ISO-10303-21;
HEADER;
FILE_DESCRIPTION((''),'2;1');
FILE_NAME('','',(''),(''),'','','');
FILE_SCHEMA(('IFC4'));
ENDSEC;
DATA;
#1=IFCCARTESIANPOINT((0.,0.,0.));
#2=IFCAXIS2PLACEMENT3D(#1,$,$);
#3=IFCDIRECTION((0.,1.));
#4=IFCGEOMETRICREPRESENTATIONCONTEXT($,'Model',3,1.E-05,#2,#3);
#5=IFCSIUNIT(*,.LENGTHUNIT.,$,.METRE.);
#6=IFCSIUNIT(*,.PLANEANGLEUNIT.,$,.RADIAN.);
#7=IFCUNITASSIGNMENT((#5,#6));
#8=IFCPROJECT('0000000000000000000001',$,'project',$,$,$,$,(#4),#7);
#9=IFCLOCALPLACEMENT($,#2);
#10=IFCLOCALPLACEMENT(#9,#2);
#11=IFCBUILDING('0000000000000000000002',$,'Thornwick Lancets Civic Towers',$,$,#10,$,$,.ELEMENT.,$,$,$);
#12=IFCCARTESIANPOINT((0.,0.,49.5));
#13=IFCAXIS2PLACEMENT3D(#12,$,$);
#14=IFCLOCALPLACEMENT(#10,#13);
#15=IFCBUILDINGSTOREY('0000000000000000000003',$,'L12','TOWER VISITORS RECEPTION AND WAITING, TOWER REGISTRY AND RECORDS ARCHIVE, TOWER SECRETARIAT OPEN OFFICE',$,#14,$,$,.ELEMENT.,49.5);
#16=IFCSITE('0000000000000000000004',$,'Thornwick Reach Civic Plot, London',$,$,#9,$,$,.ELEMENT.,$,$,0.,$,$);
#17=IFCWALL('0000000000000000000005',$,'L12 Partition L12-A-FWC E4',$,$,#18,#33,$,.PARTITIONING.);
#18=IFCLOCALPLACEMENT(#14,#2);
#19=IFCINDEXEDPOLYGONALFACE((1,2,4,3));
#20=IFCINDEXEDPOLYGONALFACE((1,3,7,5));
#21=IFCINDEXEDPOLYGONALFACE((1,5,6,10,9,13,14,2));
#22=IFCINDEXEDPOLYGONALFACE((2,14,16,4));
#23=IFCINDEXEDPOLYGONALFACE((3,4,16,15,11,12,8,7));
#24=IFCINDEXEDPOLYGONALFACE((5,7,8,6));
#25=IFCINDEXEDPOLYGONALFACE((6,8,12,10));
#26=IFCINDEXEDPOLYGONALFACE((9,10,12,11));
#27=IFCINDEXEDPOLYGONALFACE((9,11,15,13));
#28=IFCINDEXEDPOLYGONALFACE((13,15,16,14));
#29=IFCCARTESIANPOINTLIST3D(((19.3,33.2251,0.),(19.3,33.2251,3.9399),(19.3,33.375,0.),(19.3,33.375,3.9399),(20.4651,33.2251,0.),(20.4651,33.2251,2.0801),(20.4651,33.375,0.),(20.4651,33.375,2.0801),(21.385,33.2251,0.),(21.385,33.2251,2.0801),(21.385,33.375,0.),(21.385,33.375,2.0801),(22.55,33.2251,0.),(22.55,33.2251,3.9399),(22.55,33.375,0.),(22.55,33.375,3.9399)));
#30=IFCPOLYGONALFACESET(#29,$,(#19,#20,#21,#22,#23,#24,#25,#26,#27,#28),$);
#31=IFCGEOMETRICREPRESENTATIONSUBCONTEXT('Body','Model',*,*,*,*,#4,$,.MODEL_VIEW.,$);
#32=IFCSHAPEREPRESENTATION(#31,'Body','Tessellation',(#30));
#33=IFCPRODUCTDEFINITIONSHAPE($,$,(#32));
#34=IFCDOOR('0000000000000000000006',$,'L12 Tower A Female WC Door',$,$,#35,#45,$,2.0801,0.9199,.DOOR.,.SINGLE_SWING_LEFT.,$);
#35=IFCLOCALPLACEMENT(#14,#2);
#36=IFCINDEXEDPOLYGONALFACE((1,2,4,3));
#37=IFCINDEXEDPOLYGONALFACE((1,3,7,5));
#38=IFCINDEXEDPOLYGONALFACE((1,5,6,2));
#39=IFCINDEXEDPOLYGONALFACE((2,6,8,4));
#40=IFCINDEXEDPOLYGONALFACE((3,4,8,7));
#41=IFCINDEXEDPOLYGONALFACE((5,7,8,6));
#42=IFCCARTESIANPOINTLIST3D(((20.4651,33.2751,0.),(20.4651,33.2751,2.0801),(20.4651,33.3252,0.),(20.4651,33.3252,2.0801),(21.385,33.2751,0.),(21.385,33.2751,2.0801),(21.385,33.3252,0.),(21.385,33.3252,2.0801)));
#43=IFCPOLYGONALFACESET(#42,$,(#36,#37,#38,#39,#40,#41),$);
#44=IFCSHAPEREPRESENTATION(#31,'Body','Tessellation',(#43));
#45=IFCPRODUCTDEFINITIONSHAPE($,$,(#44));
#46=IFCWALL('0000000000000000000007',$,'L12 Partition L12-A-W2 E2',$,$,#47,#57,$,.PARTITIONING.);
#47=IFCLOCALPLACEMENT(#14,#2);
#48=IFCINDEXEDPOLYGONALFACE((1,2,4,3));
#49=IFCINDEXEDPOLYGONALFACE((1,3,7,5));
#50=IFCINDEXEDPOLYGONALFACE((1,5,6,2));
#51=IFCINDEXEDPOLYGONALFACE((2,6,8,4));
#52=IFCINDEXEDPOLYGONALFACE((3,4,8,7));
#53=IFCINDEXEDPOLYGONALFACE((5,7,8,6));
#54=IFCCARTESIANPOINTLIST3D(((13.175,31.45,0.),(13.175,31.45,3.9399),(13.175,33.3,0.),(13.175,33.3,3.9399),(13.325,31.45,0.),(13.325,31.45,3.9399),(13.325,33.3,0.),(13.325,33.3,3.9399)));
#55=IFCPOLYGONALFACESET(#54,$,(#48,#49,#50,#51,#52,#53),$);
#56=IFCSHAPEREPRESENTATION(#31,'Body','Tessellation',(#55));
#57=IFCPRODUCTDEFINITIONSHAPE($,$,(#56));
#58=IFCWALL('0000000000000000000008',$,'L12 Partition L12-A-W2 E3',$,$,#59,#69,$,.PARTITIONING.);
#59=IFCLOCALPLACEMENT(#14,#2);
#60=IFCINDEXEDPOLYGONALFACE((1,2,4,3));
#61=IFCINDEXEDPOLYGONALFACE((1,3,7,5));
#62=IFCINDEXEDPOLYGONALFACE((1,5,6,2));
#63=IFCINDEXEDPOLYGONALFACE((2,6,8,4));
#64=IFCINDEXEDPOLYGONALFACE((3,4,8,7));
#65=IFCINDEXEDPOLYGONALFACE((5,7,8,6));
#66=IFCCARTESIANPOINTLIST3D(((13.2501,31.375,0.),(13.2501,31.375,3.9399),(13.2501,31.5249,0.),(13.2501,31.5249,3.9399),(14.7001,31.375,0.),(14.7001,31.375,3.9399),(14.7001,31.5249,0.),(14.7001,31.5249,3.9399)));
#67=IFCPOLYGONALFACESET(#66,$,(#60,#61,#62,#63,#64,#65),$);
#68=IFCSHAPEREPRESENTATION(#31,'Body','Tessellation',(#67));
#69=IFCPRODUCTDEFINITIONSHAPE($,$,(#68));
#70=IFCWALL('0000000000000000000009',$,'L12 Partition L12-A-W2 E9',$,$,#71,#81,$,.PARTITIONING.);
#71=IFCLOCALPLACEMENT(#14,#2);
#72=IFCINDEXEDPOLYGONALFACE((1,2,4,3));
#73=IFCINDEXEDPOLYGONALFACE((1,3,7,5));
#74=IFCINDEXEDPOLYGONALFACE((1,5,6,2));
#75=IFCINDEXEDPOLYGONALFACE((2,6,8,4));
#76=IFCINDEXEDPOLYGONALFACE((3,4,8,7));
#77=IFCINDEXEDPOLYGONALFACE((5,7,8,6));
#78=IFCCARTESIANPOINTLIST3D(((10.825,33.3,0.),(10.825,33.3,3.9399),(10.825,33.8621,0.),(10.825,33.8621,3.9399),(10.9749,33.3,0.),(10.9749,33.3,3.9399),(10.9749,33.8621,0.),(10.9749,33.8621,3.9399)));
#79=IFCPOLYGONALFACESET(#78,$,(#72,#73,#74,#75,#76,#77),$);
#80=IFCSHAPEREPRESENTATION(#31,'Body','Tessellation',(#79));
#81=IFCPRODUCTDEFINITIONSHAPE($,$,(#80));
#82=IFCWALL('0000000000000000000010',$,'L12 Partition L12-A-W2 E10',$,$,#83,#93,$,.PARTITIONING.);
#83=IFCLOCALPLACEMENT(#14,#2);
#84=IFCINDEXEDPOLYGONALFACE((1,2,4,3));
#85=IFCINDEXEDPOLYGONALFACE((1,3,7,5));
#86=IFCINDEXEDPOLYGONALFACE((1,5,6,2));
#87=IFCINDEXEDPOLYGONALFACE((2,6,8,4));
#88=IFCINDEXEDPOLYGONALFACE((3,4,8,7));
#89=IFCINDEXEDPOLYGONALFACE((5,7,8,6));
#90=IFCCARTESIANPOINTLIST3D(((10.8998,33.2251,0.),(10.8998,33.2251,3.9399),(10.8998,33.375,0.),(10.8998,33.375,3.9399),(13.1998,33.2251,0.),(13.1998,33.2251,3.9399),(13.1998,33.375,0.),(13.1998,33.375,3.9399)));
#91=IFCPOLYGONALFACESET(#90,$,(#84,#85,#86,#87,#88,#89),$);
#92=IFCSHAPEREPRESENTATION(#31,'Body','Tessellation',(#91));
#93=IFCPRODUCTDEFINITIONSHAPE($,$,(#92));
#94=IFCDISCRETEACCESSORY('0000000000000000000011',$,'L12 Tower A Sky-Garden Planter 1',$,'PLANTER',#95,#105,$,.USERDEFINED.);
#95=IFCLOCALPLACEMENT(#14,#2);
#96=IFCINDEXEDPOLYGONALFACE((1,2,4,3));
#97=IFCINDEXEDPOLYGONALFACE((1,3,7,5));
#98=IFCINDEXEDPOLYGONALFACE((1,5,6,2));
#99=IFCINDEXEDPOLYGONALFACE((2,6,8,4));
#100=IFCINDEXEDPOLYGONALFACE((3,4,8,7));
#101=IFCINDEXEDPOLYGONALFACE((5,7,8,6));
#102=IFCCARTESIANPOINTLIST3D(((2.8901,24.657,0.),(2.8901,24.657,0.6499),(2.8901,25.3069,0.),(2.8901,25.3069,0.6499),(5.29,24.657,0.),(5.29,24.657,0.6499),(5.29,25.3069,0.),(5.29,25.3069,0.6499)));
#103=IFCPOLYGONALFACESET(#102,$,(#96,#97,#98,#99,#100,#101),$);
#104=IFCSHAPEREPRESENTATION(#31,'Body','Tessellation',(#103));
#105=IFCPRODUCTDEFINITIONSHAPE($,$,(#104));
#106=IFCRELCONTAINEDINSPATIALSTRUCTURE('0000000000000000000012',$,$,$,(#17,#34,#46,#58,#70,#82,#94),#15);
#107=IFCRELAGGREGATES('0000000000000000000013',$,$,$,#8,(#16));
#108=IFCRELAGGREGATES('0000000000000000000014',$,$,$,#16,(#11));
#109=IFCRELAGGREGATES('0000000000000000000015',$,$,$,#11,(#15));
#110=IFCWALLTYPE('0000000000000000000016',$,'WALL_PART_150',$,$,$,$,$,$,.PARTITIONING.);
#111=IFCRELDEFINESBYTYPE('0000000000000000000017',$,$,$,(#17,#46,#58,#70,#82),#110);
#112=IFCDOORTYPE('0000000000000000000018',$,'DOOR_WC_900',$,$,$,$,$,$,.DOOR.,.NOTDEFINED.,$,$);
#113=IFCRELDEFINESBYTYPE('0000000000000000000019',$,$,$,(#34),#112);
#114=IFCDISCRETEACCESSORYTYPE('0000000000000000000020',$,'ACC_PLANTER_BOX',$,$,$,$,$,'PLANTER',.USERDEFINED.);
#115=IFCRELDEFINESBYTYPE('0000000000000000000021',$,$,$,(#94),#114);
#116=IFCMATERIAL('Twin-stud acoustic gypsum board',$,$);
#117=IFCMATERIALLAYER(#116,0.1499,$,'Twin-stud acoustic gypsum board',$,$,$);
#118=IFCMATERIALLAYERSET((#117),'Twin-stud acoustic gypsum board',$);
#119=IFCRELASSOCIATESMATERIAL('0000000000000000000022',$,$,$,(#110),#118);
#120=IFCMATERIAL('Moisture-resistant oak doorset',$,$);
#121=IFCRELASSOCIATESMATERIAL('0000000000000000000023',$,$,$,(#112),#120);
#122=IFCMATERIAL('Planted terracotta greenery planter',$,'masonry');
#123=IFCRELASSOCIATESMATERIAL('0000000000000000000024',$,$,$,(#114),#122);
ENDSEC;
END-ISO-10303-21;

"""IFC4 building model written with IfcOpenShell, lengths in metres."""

from ifc_helpers import new_model, si_unit, direction, frame, frame_2d, origin, origin_2d, place, context, subcontext, project, spatial, rectangle, extrude, material, layer, layer_set, type_object, element, fill, save


model = new_model("IFC4")

# Units and contexts
model_context = context("Model", 3, precision=1e-05, world=origin(), true_north=direction((0.0, 1.0)))
body_context = subcontext(model_context, "Body", "Model", "MODEL_VIEW")
ifc_project = project(units=[si_unit("LENGTHUNIT", "METRE"), si_unit("PLANEANGLEUNIT", "RADIAN")], contexts=[model_context])

# Site, building, storey
site_placement = place(None, origin())
site = spatial("IfcSite", under=ifc_project, at=site_placement, Name="Thornwick Reach Civic Plot, London", CompositionType="ELEMENT", RefElevation=0.0)
building_placement = place(site_placement, origin())
building = spatial("IfcBuilding", under=site, at=building_placement, Name="Thornwick Lancets Civic Towers", CompositionType="ELEMENT")
storey_placement = place(building_placement, frame((0.0, 0.0, 49.5)))
storey = spatial("IfcBuildingStorey", under=building, at=storey_placement, Name="L12", Description="TOWER VISITORS RECEPTION AND WAITING, TOWER REGISTRY AND RECORDS ARCHIVE, TOWER SECRETARIAT OPEN OFFICE", CompositionType="ELEMENT", Elevation=49.5)

# Shared definitions
ifc_material_1 = material(Name="Twin-stud acoustic gypsum board")
ifc_layer_1 = layer(ifc_material_1, 0.1499, Name="Twin-stud acoustic gypsum board")
ifc_layer_set_1 = layer_set([ifc_layer_1], Name="Twin-stud acoustic gypsum board")
wall_type_1 = type_object("IfcWallType", Name="WALL_PART_150", PredefinedType="PARTITIONING", material=ifc_layer_set_1)

# Wall, opening, door
wall_1_placement = place(storey_placement, frame((22.55, 33.3, 0.0), z_axis=(0.0, 0.0, 1.0), x_axis=(-1.0, 0.0, 0.0)))
wall_1 = element("IfcWall", 1, at=wall_1_placement, inside=storey, type_object=wall_type_1, Name="L12 Partition L12-A-FWC E4", PredefinedType="PARTITIONING", context=body_context, shape_type="SweptSolid", body=[
    extrude(rectangle(XDim=3.25, YDim=0.1499, at=frame_2d((1.625, 0.0))), origin(), (0.0, 0.0, 1.0), 3.9399),
])
opening_1_placement = place(wall_1_placement, frame((1.165, 0.0, 0.0)))
opening_1 = element("IfcOpeningElement", 2, at=opening_1_placement, cuts=wall_1, PredefinedType="OPENING", context=body_context, shape_type="SweptSolid", body=[
    extrude(rectangle(XDim=0.9199, YDim=2.0801, at=frame_2d((0.46, 1.04))), frame((0.0, 0.085, 0.0), z_axis=(0.0, -1.0, 0.0), x_axis=(1.0, 0.0, 0.0)), (0.0, 0.0, 1.0), 0.1699),
])
ifc_material_2 = material(Name="Moisture-resistant oak doorset")
door_type_1 = type_object("IfcDoorType", Name="DOOR_WC_900", OperationType="NOTDEFINED", PredefinedType="DOOR", material=ifc_material_2)
door_1_placement = place(opening_1_placement, origin())
door_1 = element("IfcDoor", 3, at=door_1_placement, inside=storey, type_object=door_type_1, Name="L12 Tower A Female WC Door", OperationType="SINGLE_SWING_LEFT", OverallHeight=2.0801, OverallWidth=0.9199, PredefinedType="DOOR", context=body_context, shape_type="SweptSolid", body=[
    extrude(rectangle(XDim=0.9199, YDim=2.0801, at=frame_2d((0.46, 1.04))), frame((0.0, 0.0249, 0.0), z_axis=(0.0, -1.0, 0.0), x_axis=(1.0, 0.0, 0.0)), (0.0, 0.0, 1.0), 0.05),
])
fill(opening_1, door_1)

# Walls
wall_2_placement = place(storey_placement, frame((13.25, 33.3, 0.0), z_axis=(0.0, 0.0, 1.0), x_axis=(0.0, -1.0, 0.0)))
element("IfcWall", 4, at=wall_2_placement, inside=storey, type_object=wall_type_1, Name="L12 Partition L12-A-W2 E2", PredefinedType="PARTITIONING", context=body_context, shape_type="SweptSolid", body=[
    extrude(rectangle(XDim=1.8501, YDim=0.1499, at=frame_2d((0.925, 0.0))), origin(), (0.0, 0.0, 1.0), 3.9399),
])
wall_3_placement = place(storey_placement, frame((13.25, 31.45, 0.0), z_axis=(0.0, 0.0, 1.0), x_axis=(1.0, 0.0, 0.0)))
element("IfcWall", 5, at=wall_3_placement, inside=storey, type_object=wall_type_1, Name="L12 Partition L12-A-W2 E3", PredefinedType="PARTITIONING", context=body_context, shape_type="SweptSolid", body=[
    extrude(rectangle(XDim=1.45, YDim=0.1499, at=frame_2d((0.7251, 0.0))), origin(), (0.0, 0.0, 1.0), 3.9399),
])

# Walls
wall_4_placement = place(storey_placement, frame((10.8999, 33.8621, 0.0), z_axis=(0.0, 0.0, 1.0), x_axis=(0.0, -1.0, 0.0)))
element("IfcWall", 6, at=wall_4_placement, inside=storey, type_object=wall_type_1, Name="L12 Partition L12-A-W2 E9", PredefinedType="PARTITIONING", context=body_context, shape_type="SweptSolid", body=[
    extrude(rectangle(XDim=0.562, YDim=0.1499, at=frame_2d((0.281, 0.0))), origin(), (0.0, 0.0, 1.0), 3.9399),
])
wall_5_placement = place(storey_placement, frame((10.8999, 33.3, 0.0), z_axis=(0.0, 0.0, 1.0), x_axis=(1.0, 0.0, 0.0)))
element("IfcWall", 7, at=wall_5_placement, inside=storey, type_object=wall_type_1, Name="L12 Partition L12-A-W2 E10", PredefinedType="PARTITIONING", context=body_context, shape_type="SweptSolid", body=[
    extrude(rectangle(XDim=2.3, YDim=0.1499, at=frame_2d((1.1499, 0.0))), origin(), (0.0, 0.0, 1.0), 3.9399),
])

# Discrete accessory
ifc_material_3 = material(Name="Planted terracotta greenery planter", Category="masonry")
discrete_accessory_type = type_object("IfcDiscreteAccessoryType", Name="ACC_PLANTER_BOX", ElementType="PLANTER", PredefinedType="USERDEFINED", material=ifc_material_3)
discrete_accessory_placement = place(storey_placement, frame((4.0901, 24.9819, 0.0), z_axis=(0.0, 0.0, 1.0), x_axis=(1.0, 0.0, 0.0)))
element("IfcDiscreteAccessory", 8, at=discrete_accessory_placement, inside=storey, type_object=discrete_accessory_type, Name="L12 Tower A Sky-Garden Planter 1", ObjectType="PLANTER", PredefinedType="USERDEFINED", context=body_context, shape_type="SweptSolid", body=[
    extrude(rectangle(XDim=2.3999, YDim=0.6499, at=origin_2d()), origin(), (0.0, 0.0, 1.0), 0.6499),
])

save(model, "model.ifc")
